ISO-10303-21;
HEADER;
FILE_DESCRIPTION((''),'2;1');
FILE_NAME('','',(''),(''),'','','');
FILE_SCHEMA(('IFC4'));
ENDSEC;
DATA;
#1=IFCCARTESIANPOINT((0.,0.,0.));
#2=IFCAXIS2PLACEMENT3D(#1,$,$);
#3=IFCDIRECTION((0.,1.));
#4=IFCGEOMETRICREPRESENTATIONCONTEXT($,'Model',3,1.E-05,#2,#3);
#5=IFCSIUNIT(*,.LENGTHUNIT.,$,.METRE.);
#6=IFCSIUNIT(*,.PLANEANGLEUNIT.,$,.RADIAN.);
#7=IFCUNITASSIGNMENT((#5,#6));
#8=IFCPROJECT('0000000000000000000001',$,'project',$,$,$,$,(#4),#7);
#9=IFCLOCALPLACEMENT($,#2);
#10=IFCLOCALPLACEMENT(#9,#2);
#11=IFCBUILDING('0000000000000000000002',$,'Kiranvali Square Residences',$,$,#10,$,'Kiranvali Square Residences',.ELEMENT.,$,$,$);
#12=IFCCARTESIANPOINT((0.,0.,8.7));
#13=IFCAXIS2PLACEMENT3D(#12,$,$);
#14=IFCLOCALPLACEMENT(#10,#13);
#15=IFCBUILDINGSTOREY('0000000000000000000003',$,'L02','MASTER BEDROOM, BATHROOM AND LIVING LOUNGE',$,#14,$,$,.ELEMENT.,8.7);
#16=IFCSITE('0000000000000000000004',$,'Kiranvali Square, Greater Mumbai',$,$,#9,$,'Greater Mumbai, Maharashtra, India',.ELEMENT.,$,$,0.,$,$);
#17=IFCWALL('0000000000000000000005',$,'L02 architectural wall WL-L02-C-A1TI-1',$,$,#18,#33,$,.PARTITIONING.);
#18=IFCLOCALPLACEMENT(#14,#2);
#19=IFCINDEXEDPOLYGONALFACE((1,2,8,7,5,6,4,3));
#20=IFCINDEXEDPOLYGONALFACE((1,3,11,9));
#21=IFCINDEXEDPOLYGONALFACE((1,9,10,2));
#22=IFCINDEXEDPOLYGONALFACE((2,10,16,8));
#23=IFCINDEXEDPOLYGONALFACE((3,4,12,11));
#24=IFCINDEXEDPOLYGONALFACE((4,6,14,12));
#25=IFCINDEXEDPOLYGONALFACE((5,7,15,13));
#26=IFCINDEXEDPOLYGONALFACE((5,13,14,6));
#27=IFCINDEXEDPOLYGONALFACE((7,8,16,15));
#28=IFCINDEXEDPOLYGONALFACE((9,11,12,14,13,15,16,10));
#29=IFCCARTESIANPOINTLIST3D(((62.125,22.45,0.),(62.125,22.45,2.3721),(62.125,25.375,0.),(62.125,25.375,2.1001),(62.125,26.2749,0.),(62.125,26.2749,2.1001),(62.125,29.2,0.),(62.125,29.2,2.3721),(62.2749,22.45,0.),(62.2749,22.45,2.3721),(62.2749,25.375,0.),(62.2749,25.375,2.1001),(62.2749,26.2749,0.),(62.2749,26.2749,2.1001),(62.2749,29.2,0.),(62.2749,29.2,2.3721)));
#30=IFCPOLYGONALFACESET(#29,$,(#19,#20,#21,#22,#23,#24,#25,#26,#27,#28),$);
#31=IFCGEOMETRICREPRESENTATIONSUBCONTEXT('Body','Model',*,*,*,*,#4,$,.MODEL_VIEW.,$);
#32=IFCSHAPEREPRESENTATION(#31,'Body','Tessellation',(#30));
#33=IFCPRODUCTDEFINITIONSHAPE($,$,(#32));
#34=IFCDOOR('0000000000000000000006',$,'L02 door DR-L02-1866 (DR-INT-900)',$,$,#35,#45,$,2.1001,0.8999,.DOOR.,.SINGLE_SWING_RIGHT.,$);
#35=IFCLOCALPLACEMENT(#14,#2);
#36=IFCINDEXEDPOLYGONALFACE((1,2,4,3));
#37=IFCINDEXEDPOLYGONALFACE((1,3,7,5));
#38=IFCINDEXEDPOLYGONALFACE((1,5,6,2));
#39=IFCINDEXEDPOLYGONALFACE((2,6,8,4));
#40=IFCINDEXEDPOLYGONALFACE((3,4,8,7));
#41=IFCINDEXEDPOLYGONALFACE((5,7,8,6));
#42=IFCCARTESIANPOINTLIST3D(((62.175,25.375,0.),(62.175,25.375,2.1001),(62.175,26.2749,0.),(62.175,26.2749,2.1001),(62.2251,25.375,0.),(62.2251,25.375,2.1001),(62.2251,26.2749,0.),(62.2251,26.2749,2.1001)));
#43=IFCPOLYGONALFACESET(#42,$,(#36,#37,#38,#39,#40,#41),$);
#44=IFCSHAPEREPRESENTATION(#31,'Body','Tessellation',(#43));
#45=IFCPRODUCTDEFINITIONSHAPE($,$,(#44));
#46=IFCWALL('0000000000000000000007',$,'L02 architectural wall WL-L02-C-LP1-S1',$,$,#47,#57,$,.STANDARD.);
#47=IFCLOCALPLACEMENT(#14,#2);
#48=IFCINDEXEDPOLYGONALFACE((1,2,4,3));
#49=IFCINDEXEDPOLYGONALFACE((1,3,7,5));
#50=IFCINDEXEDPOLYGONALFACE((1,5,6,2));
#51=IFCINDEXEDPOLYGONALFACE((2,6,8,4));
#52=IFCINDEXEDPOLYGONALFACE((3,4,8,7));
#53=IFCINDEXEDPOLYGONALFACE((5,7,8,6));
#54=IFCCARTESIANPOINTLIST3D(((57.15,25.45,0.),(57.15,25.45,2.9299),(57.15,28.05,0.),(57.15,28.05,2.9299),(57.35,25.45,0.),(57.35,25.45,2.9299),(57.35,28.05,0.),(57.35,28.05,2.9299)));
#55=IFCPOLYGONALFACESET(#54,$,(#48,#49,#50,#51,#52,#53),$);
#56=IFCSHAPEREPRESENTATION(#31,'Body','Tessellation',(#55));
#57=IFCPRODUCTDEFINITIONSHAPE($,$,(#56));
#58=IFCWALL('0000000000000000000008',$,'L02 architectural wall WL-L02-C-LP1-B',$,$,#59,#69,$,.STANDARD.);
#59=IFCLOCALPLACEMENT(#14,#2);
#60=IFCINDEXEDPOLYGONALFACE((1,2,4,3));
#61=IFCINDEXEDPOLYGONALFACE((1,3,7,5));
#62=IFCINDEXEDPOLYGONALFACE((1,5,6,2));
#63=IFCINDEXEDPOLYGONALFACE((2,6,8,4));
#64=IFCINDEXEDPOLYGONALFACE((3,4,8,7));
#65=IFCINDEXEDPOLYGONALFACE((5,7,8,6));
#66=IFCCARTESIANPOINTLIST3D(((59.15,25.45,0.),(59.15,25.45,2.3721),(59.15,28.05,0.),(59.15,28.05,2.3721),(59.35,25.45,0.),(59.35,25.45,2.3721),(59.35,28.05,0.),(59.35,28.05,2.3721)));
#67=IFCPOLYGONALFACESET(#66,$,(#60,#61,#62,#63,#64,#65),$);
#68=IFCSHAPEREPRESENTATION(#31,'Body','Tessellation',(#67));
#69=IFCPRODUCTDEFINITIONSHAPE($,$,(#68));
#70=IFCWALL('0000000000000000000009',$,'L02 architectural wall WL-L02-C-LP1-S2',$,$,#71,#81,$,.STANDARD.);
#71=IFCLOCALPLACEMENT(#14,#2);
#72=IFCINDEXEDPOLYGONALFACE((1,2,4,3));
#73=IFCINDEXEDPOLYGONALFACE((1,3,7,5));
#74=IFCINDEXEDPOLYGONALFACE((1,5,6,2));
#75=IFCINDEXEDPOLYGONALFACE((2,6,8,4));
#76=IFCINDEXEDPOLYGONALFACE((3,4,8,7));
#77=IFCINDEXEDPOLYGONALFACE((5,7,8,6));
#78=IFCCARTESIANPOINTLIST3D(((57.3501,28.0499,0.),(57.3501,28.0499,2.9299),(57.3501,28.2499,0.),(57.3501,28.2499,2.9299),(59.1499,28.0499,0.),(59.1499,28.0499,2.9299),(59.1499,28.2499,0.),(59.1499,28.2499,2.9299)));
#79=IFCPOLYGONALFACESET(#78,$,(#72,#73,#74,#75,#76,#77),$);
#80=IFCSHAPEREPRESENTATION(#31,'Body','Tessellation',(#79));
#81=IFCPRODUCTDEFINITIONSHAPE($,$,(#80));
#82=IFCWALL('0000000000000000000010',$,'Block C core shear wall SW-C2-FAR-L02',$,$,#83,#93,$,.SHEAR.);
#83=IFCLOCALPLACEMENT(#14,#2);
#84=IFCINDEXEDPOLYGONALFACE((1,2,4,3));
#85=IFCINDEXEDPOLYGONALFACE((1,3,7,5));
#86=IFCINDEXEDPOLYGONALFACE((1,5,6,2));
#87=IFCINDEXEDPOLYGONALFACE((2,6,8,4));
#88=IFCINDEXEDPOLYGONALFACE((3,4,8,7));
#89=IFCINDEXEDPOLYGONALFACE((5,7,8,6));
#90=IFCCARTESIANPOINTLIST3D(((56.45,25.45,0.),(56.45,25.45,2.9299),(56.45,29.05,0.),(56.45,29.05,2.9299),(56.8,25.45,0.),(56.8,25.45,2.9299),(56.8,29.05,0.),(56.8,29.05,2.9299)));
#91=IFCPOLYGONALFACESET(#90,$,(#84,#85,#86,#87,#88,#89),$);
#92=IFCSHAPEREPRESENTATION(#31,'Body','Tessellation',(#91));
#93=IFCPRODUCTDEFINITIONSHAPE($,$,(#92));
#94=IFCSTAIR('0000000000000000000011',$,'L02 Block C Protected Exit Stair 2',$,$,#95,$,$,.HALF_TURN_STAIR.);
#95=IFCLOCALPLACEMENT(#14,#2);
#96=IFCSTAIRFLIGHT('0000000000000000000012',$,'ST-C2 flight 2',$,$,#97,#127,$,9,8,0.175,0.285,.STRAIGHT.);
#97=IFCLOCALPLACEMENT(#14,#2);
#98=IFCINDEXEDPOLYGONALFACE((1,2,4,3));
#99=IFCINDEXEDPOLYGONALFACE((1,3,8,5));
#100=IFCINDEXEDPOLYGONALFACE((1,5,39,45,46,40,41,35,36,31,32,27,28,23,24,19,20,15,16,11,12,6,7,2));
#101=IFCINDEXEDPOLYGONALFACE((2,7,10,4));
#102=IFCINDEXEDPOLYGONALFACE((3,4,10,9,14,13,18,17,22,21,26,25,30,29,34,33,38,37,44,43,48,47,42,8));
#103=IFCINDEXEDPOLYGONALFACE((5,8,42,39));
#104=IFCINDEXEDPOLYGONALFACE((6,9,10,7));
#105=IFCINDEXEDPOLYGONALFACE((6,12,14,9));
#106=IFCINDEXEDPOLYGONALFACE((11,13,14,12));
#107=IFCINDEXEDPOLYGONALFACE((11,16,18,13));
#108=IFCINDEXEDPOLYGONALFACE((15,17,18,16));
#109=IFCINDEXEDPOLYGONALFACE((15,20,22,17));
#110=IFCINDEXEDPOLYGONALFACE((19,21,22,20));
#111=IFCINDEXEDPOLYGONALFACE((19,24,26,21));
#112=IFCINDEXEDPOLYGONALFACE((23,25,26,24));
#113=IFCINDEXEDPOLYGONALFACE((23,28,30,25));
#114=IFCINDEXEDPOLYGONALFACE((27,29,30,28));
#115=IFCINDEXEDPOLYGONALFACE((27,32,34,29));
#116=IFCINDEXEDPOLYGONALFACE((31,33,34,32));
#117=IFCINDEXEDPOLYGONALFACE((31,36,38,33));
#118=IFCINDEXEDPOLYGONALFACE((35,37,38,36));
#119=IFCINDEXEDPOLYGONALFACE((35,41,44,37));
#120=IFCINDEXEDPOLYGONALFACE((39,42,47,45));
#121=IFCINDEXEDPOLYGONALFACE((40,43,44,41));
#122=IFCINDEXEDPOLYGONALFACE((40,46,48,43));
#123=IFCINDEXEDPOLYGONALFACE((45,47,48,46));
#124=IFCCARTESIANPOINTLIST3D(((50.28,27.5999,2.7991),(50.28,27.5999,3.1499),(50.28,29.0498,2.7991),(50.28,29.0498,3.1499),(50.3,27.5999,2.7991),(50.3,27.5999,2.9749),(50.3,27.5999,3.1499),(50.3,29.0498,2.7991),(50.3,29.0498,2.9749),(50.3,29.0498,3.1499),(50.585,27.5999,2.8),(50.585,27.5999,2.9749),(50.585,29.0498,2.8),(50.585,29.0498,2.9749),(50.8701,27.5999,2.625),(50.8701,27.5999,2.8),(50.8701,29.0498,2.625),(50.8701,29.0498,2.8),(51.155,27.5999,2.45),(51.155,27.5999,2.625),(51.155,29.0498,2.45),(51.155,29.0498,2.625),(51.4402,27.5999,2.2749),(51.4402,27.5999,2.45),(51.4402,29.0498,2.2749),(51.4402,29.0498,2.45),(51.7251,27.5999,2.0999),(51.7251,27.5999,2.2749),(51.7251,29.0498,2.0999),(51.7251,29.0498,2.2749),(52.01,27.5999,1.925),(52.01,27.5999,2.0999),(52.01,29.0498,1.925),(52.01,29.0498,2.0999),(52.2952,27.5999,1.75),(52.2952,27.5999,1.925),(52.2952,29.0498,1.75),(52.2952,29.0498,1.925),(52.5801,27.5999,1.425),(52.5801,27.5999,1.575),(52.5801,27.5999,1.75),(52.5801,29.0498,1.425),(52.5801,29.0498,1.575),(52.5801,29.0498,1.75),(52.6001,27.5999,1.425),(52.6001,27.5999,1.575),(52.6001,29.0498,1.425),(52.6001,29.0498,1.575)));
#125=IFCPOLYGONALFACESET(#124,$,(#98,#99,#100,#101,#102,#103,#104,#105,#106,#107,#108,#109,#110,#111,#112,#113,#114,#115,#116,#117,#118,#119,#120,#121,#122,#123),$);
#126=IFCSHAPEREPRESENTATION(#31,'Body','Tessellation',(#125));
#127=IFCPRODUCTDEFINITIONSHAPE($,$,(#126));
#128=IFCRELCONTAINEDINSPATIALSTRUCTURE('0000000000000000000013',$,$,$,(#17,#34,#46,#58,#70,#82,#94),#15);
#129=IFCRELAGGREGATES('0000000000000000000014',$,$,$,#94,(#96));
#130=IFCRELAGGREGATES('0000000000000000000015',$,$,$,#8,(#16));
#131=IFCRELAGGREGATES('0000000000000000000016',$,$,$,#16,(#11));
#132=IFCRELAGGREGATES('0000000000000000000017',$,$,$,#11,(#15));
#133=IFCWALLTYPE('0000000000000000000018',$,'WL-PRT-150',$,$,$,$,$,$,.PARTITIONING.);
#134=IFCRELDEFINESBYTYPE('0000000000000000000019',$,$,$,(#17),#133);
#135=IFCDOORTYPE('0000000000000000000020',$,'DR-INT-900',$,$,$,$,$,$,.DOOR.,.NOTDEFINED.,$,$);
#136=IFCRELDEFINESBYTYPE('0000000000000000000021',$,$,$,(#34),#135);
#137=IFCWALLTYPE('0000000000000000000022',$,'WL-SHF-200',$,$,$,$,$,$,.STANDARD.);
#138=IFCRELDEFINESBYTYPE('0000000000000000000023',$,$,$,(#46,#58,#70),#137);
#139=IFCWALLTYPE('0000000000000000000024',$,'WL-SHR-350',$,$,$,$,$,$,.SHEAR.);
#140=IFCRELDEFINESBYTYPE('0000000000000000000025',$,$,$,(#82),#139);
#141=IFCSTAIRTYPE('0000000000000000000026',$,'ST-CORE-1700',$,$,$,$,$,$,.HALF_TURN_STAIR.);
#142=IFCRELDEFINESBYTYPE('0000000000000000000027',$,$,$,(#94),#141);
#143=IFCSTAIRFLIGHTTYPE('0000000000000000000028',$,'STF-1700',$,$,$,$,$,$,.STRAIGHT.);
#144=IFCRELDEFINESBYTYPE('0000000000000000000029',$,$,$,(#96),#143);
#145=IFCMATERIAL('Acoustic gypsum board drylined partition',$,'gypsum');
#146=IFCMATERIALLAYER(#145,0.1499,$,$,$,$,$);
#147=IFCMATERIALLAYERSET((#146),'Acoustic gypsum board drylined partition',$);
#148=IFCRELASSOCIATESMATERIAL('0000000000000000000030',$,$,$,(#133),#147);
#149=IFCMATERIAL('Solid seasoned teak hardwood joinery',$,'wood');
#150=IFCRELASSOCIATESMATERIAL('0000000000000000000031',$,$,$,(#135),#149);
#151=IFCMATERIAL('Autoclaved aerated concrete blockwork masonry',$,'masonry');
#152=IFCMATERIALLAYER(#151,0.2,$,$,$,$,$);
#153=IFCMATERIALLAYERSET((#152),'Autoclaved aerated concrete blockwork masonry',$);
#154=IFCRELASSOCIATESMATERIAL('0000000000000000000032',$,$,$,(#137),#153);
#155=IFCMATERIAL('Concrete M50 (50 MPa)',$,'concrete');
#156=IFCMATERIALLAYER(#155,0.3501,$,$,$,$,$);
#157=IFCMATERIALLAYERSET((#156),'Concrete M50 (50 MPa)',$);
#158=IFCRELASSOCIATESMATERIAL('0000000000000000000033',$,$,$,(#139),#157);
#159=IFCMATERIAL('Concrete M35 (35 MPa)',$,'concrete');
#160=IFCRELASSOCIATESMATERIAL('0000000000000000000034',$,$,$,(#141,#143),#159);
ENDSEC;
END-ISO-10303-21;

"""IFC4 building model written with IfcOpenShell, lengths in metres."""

from ifc_helpers import new_model, si_unit, direction, frame, frame_2d, origin, place, context, subcontext, project, spatial, polyline, rectangle, outline, extrude, material, layer, layer_set, type_object, element, fill, aggregate, save


model = new_model("IFC4")

# Units and contexts
model_context = context("Model", 3, precision=1e-05, world=origin(), true_north=direction((0.0, 1.0)))
body_context = subcontext(model_context, "Body", "Model", "MODEL_VIEW")
ifc_project = project(units=[si_unit("LENGTHUNIT", "METRE"), si_unit("PLANEANGLEUNIT", "RADIAN")], contexts=[model_context])

# Site, building, storey
site_placement = place(None, origin())
site = spatial("IfcSite", under=ifc_project, at=site_placement, Name="Kiranvali Square, Greater Mumbai", LongName="Greater Mumbai, Maharashtra, India", CompositionType="ELEMENT", RefElevation=0.0)
building_placement = place(site_placement, origin())
building = spatial("IfcBuilding", under=site, at=building_placement, Name="Kiranvali Square Residences", LongName="Kiranvali Square Residences", CompositionType="ELEMENT")
storey_placement = place(building_placement, frame((0.0, 0.0, 8.7)))
storey = spatial("IfcBuildingStorey", under=building, at=storey_placement, Name="L02", Description="MASTER BEDROOM, BATHROOM AND LIVING LOUNGE", CompositionType="ELEMENT", Elevation=8.7)

# Shared definitions
ifc_material_1 = material(Name="Autoclaved aerated concrete blockwork masonry", Category="masonry")

# Wall, opening, door
ifc_material_2 = material(Name="Acoustic gypsum board drylined partition", Category="gypsum")
ifc_layer_1 = layer(ifc_material_2, 0.1499)
ifc_layer_set_1 = layer_set([ifc_layer_1], Name="Acoustic gypsum board drylined partition")
wall_type_1 = type_object("IfcWallType", Name="WL-PRT-150", PredefinedType="PARTITIONING", material=ifc_layer_set_1)
wall_1_placement = place(storey_placement, frame((62.2, 29.2, 0.0), z_axis=(0.0, 0.0, 1.0), x_axis=(0.0, -1.0, 0.0)))
wall_1 = element("IfcWall", 1, at=wall_1_placement, inside=storey, type_object=wall_type_1, Name="L02 architectural wall WL-L02-C-A1TI-1", PredefinedType="PARTITIONING", context=body_context, shape_type="SweptSolid", body=[
    extrude(rectangle(XDim=6.75, YDim=0.1499, at=frame_2d((3.375, 0.0))), origin(), (0.0, 0.0, 1.0), 2.3721),
])
opening_1_placement = place(wall_1_placement, frame((2.925, 0.0, 0.0)))
opening_1 = element("IfcOpeningElement", 2, at=opening_1_placement, cuts=wall_1, PredefinedType="OPENING", context=body_context, shape_type="SweptSolid", body=[
    extrude(rectangle(XDim=0.8999, YDim=2.1001, at=frame_2d((0.45, 1.05))), frame((0.0, 0.085, 0.0), z_axis=(0.0, -1.0, 0.0), x_axis=(1.0, 0.0, 0.0)), (0.0, 0.0, 1.0), 0.1699),
])
ifc_material_3 = material(Name="Solid seasoned teak hardwood joinery", Category="wood")
door_type_1 = type_object("IfcDoorType", Name="DR-INT-900", OperationType="NOTDEFINED", PredefinedType="DOOR", material=ifc_material_3)
door_1_placement = place(opening_1_placement, frame((0.8999, 0.0, 0.0), z_axis=(0.0, 0.0, 1.0), x_axis=(-1.0, 0.0, 0.0)))
door_1 = element("IfcDoor", 3, at=door_1_placement, inside=storey, type_object=door_type_1, Name="L02 door DR-L02-1866 (DR-INT-900)", OperationType="SINGLE_SWING_RIGHT", OverallHeight=2.1001, OverallWidth=0.8999, PredefinedType="DOOR", context=body_context, shape_type="SweptSolid", body=[
    extrude(rectangle(XDim=0.8999, YDim=2.1001, at=frame_2d((0.45, 1.05))), frame((0.0, 0.0249, 0.0), z_axis=(0.0, -1.0, 0.0), x_axis=(1.0, 0.0, 0.0)), (0.0, 0.0, 1.0), 0.05),
])
fill(opening_1, door_1)

# Walls
ifc_layer_2 = layer(ifc_material_1, 0.2)
ifc_layer_set_2 = layer_set([ifc_layer_2], Name="Autoclaved aerated concrete blockwork masonry")
wall_type_2 = type_object("IfcWallType", Name="WL-SHF-200", PredefinedType="STANDARD", material=ifc_layer_set_2)
wall_2_placement = place(storey_placement, frame((57.25, 28.05, 0.0), z_axis=(0.0, 0.0, 1.0), x_axis=(0.0, -1.0, 0.0)))
element("IfcWall", 4, at=wall_2_placement, inside=storey, type_object=wall_type_2, Name="L02 architectural wall WL-L02-C-LP1-S1", PredefinedType="STANDARD", context=body_context, shape_type="SweptSolid", body=[
    extrude(rectangle(XDim=2.6001, YDim=0.2, at=frame_2d((1.3, 0.0))), origin(), (0.0, 0.0, 1.0), 2.9299),
])
wall_3_placement = place(storey_placement, frame((59.25, 28.05, 0.0), z_axis=(0.0, 0.0, 1.0), x_axis=(0.0, -1.0, 0.0)))
element("IfcWall", 5, at=wall_3_placement, inside=storey, type_object=wall_type_2, Name="L02 architectural wall WL-L02-C-LP1-B", PredefinedType="STANDARD", context=body_context, shape_type="SweptSolid", body=[
    extrude(rectangle(XDim=2.6001, YDim=0.2, at=frame_2d((1.3, 0.0))), origin(), (0.0, 0.0, 1.0), 2.3721),
])
wall_4_placement = place(storey_placement, frame((57.3501, 28.1499, 0.0), z_axis=(0.0, 0.0, 1.0), x_axis=(1.0, 0.0, 0.0)))
element("IfcWall", 6, at=wall_4_placement, inside=storey, type_object=wall_type_2, Name="L02 architectural wall WL-L02-C-LP1-S2", PredefinedType="STANDARD", context=body_context, shape_type="SweptSolid", body=[
    extrude(rectangle(XDim=1.7998, YDim=0.2, at=frame_2d((0.8999, 0.0))), origin(), (0.0, 0.0, 1.0), 2.9299),
])

# Wall
ifc_material_4 = material(Name="Concrete M50 (50 MPa)", Category="concrete")
ifc_layer_3 = layer(ifc_material_4, 0.3501)
ifc_layer_set_3 = layer_set([ifc_layer_3], Name="Concrete M50 (50 MPa)")
wall_type_3 = type_object("IfcWallType", Name="WL-SHR-350", PredefinedType="SHEAR", material=ifc_layer_set_3)
wall_5_placement = place(storey_placement, frame((56.625, 29.05, 0.0), z_axis=(0.0, 0.0, 1.0), x_axis=(0.0, -1.0, 0.0)))
element("IfcWall", 7, at=wall_5_placement, inside=storey, type_object=wall_type_3, Name="Block C core shear wall SW-C2-FAR-L02", PredefinedType="SHEAR", context=body_context, shape_type="SweptSolid", body=[
    extrude(rectangle(XDim=3.6001, YDim=0.3501, at=frame_2d((1.8, 0.0))), origin(), (0.0, 0.0, 1.0), 2.9299),
])

# Stair, stair flight
ifc_material_5 = material(Name="Concrete M35 (35 MPa)", Category="concrete")
stair_type = type_object("IfcStairType", Name="ST-CORE-1700", PredefinedType="HALF_TURN_STAIR", material=ifc_material_5)
stair_placement = place(storey_placement, origin())
stair = element("IfcStair", 8, at=stair_placement, inside=storey, type_object=stair_type, Name="L02 Block C Protected Exit Stair 2", PredefinedType="HALF_TURN_STAIR")
stair_flight_type = type_object("IfcStairFlightType", Name="STF-1700", PredefinedType="STRAIGHT", material=ifc_material_5)
stair_flight_placement = place(storey_placement, frame((52.5801, 28.325, 1.575), z_axis=(0.0, 0.0, 1.0), x_axis=(-1.0, 0.0, 0.0)))
stair_flight = element("IfcStairFlight", 9, at=stair_flight_placement, type_object=stair_flight_type, Name="ST-C2 flight 2", NumberOfRisers=9, NumberOfTreads=8, PredefinedType="STRAIGHT", RiserHeight=0.175, TreadLength=0.285, context=body_context, shape_type="SweptSolid", body=[
    extrude(outline(polyline([(-0.02, -0.1499), (-0.02, 0.0), (0.0, 0.0), (0.0, 0.175), (0.2849, 0.175), (0.2849, 0.3501), (0.5701, 0.3501), (0.5701, 0.5249), (0.855, 0.5249), (0.855, 0.7), (1.1399, 0.7), (1.1399, 0.875), (1.425, 0.875), (1.425, 1.05), (1.71, 1.05), (1.71, 1.2251), (1.9951, 1.2251), (1.9951, 1.3999), (2.28, 1.3999), (2.28, 1.575), (2.3, 1.575), (2.3, 1.2241), (2.28, 1.2241), (0.0, -0.1499), (-0.02, -0.1499)])), frame((0.0, 0.7251, 0.0), z_axis=(0.0, -1.0, 0.0), x_axis=(1.0, 0.0, 0.0)), (0.0, 0.0, 1.0), 1.45),
])
aggregate(stair, [stair_flight])

save(model, "model.ifc")
